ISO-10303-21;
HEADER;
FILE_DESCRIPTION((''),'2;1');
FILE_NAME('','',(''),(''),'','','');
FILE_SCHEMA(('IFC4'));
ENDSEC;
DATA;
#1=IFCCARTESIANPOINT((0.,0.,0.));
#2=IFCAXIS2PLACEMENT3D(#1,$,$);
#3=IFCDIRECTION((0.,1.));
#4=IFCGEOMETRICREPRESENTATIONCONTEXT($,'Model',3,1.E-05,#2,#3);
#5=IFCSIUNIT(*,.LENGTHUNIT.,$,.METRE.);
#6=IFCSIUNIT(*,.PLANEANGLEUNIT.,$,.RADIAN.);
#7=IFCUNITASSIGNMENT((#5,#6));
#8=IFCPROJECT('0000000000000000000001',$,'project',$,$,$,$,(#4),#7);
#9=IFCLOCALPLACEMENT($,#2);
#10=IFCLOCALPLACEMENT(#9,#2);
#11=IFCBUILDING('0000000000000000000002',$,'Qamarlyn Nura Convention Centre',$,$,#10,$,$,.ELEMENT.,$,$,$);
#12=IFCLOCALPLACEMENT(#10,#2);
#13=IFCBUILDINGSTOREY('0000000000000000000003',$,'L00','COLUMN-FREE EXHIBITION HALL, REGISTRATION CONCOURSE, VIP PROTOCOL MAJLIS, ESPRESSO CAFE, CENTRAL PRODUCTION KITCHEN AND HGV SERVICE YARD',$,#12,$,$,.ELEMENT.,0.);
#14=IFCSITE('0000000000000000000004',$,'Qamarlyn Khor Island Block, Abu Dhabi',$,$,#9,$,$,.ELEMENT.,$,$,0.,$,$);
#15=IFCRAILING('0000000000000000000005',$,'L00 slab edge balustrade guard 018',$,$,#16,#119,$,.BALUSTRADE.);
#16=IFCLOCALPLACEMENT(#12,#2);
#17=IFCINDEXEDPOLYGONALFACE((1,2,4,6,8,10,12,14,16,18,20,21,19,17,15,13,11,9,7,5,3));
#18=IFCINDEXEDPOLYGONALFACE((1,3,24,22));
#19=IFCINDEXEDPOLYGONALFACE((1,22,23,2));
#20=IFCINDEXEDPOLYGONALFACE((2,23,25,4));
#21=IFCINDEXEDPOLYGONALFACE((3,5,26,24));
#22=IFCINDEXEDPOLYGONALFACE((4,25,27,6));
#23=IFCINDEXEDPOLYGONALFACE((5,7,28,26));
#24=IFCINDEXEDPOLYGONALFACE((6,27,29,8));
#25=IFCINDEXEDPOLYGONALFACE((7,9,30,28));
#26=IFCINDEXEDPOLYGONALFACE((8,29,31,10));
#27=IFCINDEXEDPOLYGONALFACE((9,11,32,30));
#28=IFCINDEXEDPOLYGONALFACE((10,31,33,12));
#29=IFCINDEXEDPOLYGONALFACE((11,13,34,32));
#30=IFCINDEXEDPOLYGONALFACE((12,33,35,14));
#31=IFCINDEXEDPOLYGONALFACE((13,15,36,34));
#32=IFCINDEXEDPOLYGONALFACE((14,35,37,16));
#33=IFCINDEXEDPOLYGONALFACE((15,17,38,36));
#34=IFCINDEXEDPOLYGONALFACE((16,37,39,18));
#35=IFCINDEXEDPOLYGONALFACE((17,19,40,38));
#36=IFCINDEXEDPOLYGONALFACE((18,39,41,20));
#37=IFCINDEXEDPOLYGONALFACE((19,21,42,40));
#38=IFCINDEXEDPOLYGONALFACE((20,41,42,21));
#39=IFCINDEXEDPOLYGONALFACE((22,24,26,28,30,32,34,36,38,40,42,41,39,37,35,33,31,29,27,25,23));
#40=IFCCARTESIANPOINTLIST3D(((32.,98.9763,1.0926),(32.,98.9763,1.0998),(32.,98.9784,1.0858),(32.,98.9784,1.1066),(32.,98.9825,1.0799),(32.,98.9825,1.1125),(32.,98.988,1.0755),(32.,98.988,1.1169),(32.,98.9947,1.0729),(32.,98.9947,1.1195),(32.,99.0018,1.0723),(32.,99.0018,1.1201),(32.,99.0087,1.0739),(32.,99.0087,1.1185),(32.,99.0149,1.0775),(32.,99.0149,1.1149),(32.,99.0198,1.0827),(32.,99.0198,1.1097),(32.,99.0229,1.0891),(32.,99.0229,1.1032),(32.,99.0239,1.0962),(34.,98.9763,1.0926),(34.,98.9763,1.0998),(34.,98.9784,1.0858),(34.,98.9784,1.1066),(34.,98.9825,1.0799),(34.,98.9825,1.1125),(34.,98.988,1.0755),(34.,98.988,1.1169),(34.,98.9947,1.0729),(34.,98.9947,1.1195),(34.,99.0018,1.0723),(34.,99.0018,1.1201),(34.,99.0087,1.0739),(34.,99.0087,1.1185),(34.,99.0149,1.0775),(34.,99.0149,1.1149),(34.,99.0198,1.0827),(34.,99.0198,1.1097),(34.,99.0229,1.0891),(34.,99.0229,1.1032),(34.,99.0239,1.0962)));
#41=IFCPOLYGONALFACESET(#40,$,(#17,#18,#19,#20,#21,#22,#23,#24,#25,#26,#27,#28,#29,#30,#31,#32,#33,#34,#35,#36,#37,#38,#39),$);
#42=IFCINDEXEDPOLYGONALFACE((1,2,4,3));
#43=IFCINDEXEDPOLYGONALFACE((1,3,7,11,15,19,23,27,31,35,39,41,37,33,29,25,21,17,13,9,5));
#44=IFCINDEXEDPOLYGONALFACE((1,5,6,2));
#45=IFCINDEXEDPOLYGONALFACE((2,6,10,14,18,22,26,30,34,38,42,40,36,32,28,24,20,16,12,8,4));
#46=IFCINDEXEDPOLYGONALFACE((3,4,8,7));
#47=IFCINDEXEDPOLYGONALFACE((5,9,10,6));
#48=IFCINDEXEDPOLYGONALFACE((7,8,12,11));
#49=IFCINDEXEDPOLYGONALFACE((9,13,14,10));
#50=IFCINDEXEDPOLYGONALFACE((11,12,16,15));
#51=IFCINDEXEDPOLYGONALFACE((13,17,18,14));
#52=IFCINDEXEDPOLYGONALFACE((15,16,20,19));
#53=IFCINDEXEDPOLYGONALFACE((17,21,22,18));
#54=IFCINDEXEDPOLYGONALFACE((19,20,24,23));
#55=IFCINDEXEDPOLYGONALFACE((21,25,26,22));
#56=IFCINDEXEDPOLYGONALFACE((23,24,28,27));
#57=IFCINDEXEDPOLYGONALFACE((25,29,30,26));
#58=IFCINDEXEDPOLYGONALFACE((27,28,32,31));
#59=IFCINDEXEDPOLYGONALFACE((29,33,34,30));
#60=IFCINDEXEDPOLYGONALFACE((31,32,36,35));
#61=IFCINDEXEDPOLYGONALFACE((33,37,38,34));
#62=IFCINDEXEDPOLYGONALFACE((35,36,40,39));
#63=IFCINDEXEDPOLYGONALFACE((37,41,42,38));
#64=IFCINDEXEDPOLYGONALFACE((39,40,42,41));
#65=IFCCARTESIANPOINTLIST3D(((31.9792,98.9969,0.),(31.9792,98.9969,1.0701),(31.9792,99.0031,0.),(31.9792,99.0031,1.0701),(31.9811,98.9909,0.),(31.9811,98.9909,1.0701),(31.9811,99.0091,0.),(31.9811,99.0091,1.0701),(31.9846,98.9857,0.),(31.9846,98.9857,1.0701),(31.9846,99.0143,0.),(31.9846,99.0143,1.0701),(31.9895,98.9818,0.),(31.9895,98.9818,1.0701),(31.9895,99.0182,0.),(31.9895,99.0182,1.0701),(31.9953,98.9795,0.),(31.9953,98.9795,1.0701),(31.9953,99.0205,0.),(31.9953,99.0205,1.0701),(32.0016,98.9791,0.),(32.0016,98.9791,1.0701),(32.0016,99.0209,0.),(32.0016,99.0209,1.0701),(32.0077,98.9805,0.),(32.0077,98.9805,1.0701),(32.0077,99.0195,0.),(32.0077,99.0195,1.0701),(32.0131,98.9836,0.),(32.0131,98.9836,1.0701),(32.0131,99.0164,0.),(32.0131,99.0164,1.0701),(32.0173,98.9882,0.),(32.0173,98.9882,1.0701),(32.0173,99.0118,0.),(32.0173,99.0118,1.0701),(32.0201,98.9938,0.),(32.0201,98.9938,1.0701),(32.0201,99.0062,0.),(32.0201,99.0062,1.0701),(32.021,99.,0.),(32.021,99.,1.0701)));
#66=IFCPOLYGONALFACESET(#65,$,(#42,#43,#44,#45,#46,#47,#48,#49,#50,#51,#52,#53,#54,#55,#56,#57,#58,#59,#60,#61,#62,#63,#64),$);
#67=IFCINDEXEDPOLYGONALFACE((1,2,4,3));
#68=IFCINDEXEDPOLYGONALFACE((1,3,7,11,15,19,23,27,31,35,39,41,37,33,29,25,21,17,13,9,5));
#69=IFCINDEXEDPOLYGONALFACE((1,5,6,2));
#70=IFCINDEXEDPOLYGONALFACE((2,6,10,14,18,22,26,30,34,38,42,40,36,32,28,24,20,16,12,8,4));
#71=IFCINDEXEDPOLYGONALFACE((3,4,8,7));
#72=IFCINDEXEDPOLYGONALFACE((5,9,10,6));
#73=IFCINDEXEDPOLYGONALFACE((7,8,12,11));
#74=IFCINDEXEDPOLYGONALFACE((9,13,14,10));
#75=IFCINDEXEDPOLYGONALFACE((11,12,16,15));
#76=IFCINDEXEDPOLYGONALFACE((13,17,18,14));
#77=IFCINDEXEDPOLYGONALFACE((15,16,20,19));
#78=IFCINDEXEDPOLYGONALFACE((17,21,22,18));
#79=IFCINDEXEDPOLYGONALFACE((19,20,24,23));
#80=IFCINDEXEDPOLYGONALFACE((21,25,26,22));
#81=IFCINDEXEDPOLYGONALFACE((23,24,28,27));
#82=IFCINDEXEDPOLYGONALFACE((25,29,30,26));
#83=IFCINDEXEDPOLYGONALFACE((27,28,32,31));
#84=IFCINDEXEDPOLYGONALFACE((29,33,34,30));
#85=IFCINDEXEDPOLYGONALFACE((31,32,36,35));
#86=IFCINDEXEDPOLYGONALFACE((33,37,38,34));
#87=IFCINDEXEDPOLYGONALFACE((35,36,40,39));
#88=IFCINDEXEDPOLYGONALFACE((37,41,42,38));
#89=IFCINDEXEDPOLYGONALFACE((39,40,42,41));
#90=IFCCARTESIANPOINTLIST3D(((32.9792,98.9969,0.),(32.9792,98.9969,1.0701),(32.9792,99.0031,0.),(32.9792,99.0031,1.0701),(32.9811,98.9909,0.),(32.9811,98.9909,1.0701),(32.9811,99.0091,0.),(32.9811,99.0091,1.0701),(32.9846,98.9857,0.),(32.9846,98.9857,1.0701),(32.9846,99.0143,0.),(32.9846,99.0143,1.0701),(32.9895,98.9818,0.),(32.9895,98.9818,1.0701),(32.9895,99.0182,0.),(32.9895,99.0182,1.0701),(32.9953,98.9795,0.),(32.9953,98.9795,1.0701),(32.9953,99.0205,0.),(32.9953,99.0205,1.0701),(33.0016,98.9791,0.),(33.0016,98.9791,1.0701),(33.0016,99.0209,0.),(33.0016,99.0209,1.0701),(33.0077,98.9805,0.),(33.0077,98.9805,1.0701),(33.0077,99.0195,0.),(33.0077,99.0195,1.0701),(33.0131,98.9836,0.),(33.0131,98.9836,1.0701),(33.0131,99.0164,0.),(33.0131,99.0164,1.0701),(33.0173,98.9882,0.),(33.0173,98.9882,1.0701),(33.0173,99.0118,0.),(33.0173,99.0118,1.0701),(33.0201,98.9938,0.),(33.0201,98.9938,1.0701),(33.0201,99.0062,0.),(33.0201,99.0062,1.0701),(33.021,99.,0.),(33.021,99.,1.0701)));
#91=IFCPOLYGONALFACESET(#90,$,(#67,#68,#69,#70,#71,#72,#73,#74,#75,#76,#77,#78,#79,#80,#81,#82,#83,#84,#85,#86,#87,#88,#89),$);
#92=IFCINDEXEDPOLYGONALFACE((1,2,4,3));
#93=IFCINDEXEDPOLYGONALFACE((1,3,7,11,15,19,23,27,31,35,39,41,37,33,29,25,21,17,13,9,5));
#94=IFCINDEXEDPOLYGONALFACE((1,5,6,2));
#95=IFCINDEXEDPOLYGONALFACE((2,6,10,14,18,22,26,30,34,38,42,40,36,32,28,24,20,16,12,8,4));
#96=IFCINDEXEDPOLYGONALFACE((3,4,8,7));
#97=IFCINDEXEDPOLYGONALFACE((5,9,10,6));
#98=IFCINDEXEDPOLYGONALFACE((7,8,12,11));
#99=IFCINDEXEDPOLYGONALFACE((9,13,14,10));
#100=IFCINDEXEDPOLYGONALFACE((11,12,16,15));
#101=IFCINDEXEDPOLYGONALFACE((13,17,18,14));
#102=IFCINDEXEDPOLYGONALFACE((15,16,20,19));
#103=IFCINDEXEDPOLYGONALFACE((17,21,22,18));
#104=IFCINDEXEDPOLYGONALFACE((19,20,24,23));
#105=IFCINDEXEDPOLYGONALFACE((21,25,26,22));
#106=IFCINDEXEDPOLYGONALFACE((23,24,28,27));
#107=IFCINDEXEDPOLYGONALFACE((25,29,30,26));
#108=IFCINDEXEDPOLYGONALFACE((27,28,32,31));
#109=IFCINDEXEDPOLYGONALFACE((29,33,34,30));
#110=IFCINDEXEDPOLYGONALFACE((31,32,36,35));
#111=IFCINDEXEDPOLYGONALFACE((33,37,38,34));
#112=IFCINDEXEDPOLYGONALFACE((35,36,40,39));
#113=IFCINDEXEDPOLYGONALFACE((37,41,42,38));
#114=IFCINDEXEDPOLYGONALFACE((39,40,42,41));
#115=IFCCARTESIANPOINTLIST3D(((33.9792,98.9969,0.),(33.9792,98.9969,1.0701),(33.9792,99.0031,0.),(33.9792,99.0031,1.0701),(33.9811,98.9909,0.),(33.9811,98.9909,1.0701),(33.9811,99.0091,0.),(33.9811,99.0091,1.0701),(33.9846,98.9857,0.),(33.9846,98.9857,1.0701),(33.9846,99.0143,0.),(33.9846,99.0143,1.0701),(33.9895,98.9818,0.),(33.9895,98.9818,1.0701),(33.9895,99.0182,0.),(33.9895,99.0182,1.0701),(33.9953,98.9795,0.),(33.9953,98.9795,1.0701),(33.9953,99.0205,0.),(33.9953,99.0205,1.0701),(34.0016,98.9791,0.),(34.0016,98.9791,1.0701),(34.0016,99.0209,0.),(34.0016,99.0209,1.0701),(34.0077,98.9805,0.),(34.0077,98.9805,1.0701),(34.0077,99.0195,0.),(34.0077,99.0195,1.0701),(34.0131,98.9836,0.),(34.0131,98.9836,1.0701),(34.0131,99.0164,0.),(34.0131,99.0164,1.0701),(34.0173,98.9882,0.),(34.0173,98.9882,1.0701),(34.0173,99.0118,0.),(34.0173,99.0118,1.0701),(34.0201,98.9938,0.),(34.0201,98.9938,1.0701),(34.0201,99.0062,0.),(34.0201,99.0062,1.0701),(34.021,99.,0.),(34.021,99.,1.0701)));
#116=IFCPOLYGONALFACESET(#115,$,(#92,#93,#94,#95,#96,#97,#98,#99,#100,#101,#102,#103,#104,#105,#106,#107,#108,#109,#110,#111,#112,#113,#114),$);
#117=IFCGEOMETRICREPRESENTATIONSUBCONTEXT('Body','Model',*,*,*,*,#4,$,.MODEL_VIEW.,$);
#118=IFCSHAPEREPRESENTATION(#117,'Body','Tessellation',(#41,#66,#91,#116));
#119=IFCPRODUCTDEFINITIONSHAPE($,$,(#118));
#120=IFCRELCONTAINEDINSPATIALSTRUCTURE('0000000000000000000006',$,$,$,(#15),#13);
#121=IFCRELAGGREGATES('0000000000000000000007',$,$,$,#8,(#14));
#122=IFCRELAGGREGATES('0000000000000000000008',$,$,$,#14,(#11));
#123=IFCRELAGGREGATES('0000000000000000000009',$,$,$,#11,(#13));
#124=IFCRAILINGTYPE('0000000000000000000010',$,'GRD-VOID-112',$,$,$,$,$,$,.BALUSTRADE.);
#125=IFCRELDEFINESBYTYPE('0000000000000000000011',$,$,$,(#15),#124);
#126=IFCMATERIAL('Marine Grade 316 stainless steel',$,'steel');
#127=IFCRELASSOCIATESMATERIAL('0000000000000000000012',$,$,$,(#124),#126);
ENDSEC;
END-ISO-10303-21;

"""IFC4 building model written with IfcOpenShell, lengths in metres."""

from ifc_helpers import new_model, si_unit, direction, frame, origin, origin_2d, place, context, subcontext, project, spatial, circle, extrude, material, type_object, element, save


model = new_model("IFC4")

# Units and contexts
model_context = context("Model", 3, precision=1e-05, world=origin(), true_north=direction((0.0, 1.0)))
body_context = subcontext(model_context, "Body", "Model", "MODEL_VIEW")
ifc_project = project(units=[si_unit("LENGTHUNIT", "METRE"), si_unit("PLANEANGLEUNIT", "RADIAN")], contexts=[model_context])

# Site, building, storey
site_placement = place(None, origin())
site = spatial("IfcSite", under=ifc_project, at=site_placement, Name="Qamarlyn Khor Island Block, Abu Dhabi", CompositionType="ELEMENT", RefElevation=0.0)
building_placement = place(site_placement, origin())
building = spatial("IfcBuilding", under=site, at=building_placement, Name="Qamarlyn Nura Convention Centre", CompositionType="ELEMENT")
storey_placement = place(building_placement, origin())
storey = spatial("IfcBuildingStorey", under=building, at=storey_placement, Name="L00", Description="COLUMN-FREE EXHIBITION HALL, REGISTRATION CONCOURSE, VIP PROTOCOL MAJLIS, ESPRESSO CAFE, CENTRAL PRODUCTION KITCHEN AND HGV SERVICE YARD", CompositionType="ELEMENT", Elevation=0.0)

# Railing
ifc_material_1 = material(Name="Marine Grade 316 stainless steel", Category="steel")
railing_type_1 = type_object("IfcRailingType", Name="GRD-VOID-112", PredefinedType="BALUSTRADE", material=ifc_material_1)
railing_1_placement = place(storey_placement, frame((32.0, 99.0, 0.0)))
element("IfcRailing", 1, at=railing_1_placement, inside=storey, type_object=railing_type_1, Name="L00 slab edge balustrade guard 018", PredefinedType="BALUSTRADE", context=body_context, shape_type="SweptSolid", body=[
    extrude(circle(Radius=0.0239, at=origin_2d()), frame((0.0, 0.0, 1.0962), z_axis=(1.0, 0.0, 0.0), x_axis=(0.0, 1.0, 0.0)), (0.0, 0.0, 1.0), 2.0),
    extrude(circle(Radius=0.021, at=origin_2d()), origin(), (0.0, 0.0, 1.0), 1.0701),
    extrude(circle(Radius=0.021, at=origin_2d()), frame((1.0, 0.0, 0.0)), (0.0, 0.0, 1.0), 1.0701),
    extrude(circle(Radius=0.021, at=origin_2d()), frame((2.0, 0.0, 0.0)), (0.0, 0.0, 1.0), 1.0701),
])

save(model, "model.ifc")
